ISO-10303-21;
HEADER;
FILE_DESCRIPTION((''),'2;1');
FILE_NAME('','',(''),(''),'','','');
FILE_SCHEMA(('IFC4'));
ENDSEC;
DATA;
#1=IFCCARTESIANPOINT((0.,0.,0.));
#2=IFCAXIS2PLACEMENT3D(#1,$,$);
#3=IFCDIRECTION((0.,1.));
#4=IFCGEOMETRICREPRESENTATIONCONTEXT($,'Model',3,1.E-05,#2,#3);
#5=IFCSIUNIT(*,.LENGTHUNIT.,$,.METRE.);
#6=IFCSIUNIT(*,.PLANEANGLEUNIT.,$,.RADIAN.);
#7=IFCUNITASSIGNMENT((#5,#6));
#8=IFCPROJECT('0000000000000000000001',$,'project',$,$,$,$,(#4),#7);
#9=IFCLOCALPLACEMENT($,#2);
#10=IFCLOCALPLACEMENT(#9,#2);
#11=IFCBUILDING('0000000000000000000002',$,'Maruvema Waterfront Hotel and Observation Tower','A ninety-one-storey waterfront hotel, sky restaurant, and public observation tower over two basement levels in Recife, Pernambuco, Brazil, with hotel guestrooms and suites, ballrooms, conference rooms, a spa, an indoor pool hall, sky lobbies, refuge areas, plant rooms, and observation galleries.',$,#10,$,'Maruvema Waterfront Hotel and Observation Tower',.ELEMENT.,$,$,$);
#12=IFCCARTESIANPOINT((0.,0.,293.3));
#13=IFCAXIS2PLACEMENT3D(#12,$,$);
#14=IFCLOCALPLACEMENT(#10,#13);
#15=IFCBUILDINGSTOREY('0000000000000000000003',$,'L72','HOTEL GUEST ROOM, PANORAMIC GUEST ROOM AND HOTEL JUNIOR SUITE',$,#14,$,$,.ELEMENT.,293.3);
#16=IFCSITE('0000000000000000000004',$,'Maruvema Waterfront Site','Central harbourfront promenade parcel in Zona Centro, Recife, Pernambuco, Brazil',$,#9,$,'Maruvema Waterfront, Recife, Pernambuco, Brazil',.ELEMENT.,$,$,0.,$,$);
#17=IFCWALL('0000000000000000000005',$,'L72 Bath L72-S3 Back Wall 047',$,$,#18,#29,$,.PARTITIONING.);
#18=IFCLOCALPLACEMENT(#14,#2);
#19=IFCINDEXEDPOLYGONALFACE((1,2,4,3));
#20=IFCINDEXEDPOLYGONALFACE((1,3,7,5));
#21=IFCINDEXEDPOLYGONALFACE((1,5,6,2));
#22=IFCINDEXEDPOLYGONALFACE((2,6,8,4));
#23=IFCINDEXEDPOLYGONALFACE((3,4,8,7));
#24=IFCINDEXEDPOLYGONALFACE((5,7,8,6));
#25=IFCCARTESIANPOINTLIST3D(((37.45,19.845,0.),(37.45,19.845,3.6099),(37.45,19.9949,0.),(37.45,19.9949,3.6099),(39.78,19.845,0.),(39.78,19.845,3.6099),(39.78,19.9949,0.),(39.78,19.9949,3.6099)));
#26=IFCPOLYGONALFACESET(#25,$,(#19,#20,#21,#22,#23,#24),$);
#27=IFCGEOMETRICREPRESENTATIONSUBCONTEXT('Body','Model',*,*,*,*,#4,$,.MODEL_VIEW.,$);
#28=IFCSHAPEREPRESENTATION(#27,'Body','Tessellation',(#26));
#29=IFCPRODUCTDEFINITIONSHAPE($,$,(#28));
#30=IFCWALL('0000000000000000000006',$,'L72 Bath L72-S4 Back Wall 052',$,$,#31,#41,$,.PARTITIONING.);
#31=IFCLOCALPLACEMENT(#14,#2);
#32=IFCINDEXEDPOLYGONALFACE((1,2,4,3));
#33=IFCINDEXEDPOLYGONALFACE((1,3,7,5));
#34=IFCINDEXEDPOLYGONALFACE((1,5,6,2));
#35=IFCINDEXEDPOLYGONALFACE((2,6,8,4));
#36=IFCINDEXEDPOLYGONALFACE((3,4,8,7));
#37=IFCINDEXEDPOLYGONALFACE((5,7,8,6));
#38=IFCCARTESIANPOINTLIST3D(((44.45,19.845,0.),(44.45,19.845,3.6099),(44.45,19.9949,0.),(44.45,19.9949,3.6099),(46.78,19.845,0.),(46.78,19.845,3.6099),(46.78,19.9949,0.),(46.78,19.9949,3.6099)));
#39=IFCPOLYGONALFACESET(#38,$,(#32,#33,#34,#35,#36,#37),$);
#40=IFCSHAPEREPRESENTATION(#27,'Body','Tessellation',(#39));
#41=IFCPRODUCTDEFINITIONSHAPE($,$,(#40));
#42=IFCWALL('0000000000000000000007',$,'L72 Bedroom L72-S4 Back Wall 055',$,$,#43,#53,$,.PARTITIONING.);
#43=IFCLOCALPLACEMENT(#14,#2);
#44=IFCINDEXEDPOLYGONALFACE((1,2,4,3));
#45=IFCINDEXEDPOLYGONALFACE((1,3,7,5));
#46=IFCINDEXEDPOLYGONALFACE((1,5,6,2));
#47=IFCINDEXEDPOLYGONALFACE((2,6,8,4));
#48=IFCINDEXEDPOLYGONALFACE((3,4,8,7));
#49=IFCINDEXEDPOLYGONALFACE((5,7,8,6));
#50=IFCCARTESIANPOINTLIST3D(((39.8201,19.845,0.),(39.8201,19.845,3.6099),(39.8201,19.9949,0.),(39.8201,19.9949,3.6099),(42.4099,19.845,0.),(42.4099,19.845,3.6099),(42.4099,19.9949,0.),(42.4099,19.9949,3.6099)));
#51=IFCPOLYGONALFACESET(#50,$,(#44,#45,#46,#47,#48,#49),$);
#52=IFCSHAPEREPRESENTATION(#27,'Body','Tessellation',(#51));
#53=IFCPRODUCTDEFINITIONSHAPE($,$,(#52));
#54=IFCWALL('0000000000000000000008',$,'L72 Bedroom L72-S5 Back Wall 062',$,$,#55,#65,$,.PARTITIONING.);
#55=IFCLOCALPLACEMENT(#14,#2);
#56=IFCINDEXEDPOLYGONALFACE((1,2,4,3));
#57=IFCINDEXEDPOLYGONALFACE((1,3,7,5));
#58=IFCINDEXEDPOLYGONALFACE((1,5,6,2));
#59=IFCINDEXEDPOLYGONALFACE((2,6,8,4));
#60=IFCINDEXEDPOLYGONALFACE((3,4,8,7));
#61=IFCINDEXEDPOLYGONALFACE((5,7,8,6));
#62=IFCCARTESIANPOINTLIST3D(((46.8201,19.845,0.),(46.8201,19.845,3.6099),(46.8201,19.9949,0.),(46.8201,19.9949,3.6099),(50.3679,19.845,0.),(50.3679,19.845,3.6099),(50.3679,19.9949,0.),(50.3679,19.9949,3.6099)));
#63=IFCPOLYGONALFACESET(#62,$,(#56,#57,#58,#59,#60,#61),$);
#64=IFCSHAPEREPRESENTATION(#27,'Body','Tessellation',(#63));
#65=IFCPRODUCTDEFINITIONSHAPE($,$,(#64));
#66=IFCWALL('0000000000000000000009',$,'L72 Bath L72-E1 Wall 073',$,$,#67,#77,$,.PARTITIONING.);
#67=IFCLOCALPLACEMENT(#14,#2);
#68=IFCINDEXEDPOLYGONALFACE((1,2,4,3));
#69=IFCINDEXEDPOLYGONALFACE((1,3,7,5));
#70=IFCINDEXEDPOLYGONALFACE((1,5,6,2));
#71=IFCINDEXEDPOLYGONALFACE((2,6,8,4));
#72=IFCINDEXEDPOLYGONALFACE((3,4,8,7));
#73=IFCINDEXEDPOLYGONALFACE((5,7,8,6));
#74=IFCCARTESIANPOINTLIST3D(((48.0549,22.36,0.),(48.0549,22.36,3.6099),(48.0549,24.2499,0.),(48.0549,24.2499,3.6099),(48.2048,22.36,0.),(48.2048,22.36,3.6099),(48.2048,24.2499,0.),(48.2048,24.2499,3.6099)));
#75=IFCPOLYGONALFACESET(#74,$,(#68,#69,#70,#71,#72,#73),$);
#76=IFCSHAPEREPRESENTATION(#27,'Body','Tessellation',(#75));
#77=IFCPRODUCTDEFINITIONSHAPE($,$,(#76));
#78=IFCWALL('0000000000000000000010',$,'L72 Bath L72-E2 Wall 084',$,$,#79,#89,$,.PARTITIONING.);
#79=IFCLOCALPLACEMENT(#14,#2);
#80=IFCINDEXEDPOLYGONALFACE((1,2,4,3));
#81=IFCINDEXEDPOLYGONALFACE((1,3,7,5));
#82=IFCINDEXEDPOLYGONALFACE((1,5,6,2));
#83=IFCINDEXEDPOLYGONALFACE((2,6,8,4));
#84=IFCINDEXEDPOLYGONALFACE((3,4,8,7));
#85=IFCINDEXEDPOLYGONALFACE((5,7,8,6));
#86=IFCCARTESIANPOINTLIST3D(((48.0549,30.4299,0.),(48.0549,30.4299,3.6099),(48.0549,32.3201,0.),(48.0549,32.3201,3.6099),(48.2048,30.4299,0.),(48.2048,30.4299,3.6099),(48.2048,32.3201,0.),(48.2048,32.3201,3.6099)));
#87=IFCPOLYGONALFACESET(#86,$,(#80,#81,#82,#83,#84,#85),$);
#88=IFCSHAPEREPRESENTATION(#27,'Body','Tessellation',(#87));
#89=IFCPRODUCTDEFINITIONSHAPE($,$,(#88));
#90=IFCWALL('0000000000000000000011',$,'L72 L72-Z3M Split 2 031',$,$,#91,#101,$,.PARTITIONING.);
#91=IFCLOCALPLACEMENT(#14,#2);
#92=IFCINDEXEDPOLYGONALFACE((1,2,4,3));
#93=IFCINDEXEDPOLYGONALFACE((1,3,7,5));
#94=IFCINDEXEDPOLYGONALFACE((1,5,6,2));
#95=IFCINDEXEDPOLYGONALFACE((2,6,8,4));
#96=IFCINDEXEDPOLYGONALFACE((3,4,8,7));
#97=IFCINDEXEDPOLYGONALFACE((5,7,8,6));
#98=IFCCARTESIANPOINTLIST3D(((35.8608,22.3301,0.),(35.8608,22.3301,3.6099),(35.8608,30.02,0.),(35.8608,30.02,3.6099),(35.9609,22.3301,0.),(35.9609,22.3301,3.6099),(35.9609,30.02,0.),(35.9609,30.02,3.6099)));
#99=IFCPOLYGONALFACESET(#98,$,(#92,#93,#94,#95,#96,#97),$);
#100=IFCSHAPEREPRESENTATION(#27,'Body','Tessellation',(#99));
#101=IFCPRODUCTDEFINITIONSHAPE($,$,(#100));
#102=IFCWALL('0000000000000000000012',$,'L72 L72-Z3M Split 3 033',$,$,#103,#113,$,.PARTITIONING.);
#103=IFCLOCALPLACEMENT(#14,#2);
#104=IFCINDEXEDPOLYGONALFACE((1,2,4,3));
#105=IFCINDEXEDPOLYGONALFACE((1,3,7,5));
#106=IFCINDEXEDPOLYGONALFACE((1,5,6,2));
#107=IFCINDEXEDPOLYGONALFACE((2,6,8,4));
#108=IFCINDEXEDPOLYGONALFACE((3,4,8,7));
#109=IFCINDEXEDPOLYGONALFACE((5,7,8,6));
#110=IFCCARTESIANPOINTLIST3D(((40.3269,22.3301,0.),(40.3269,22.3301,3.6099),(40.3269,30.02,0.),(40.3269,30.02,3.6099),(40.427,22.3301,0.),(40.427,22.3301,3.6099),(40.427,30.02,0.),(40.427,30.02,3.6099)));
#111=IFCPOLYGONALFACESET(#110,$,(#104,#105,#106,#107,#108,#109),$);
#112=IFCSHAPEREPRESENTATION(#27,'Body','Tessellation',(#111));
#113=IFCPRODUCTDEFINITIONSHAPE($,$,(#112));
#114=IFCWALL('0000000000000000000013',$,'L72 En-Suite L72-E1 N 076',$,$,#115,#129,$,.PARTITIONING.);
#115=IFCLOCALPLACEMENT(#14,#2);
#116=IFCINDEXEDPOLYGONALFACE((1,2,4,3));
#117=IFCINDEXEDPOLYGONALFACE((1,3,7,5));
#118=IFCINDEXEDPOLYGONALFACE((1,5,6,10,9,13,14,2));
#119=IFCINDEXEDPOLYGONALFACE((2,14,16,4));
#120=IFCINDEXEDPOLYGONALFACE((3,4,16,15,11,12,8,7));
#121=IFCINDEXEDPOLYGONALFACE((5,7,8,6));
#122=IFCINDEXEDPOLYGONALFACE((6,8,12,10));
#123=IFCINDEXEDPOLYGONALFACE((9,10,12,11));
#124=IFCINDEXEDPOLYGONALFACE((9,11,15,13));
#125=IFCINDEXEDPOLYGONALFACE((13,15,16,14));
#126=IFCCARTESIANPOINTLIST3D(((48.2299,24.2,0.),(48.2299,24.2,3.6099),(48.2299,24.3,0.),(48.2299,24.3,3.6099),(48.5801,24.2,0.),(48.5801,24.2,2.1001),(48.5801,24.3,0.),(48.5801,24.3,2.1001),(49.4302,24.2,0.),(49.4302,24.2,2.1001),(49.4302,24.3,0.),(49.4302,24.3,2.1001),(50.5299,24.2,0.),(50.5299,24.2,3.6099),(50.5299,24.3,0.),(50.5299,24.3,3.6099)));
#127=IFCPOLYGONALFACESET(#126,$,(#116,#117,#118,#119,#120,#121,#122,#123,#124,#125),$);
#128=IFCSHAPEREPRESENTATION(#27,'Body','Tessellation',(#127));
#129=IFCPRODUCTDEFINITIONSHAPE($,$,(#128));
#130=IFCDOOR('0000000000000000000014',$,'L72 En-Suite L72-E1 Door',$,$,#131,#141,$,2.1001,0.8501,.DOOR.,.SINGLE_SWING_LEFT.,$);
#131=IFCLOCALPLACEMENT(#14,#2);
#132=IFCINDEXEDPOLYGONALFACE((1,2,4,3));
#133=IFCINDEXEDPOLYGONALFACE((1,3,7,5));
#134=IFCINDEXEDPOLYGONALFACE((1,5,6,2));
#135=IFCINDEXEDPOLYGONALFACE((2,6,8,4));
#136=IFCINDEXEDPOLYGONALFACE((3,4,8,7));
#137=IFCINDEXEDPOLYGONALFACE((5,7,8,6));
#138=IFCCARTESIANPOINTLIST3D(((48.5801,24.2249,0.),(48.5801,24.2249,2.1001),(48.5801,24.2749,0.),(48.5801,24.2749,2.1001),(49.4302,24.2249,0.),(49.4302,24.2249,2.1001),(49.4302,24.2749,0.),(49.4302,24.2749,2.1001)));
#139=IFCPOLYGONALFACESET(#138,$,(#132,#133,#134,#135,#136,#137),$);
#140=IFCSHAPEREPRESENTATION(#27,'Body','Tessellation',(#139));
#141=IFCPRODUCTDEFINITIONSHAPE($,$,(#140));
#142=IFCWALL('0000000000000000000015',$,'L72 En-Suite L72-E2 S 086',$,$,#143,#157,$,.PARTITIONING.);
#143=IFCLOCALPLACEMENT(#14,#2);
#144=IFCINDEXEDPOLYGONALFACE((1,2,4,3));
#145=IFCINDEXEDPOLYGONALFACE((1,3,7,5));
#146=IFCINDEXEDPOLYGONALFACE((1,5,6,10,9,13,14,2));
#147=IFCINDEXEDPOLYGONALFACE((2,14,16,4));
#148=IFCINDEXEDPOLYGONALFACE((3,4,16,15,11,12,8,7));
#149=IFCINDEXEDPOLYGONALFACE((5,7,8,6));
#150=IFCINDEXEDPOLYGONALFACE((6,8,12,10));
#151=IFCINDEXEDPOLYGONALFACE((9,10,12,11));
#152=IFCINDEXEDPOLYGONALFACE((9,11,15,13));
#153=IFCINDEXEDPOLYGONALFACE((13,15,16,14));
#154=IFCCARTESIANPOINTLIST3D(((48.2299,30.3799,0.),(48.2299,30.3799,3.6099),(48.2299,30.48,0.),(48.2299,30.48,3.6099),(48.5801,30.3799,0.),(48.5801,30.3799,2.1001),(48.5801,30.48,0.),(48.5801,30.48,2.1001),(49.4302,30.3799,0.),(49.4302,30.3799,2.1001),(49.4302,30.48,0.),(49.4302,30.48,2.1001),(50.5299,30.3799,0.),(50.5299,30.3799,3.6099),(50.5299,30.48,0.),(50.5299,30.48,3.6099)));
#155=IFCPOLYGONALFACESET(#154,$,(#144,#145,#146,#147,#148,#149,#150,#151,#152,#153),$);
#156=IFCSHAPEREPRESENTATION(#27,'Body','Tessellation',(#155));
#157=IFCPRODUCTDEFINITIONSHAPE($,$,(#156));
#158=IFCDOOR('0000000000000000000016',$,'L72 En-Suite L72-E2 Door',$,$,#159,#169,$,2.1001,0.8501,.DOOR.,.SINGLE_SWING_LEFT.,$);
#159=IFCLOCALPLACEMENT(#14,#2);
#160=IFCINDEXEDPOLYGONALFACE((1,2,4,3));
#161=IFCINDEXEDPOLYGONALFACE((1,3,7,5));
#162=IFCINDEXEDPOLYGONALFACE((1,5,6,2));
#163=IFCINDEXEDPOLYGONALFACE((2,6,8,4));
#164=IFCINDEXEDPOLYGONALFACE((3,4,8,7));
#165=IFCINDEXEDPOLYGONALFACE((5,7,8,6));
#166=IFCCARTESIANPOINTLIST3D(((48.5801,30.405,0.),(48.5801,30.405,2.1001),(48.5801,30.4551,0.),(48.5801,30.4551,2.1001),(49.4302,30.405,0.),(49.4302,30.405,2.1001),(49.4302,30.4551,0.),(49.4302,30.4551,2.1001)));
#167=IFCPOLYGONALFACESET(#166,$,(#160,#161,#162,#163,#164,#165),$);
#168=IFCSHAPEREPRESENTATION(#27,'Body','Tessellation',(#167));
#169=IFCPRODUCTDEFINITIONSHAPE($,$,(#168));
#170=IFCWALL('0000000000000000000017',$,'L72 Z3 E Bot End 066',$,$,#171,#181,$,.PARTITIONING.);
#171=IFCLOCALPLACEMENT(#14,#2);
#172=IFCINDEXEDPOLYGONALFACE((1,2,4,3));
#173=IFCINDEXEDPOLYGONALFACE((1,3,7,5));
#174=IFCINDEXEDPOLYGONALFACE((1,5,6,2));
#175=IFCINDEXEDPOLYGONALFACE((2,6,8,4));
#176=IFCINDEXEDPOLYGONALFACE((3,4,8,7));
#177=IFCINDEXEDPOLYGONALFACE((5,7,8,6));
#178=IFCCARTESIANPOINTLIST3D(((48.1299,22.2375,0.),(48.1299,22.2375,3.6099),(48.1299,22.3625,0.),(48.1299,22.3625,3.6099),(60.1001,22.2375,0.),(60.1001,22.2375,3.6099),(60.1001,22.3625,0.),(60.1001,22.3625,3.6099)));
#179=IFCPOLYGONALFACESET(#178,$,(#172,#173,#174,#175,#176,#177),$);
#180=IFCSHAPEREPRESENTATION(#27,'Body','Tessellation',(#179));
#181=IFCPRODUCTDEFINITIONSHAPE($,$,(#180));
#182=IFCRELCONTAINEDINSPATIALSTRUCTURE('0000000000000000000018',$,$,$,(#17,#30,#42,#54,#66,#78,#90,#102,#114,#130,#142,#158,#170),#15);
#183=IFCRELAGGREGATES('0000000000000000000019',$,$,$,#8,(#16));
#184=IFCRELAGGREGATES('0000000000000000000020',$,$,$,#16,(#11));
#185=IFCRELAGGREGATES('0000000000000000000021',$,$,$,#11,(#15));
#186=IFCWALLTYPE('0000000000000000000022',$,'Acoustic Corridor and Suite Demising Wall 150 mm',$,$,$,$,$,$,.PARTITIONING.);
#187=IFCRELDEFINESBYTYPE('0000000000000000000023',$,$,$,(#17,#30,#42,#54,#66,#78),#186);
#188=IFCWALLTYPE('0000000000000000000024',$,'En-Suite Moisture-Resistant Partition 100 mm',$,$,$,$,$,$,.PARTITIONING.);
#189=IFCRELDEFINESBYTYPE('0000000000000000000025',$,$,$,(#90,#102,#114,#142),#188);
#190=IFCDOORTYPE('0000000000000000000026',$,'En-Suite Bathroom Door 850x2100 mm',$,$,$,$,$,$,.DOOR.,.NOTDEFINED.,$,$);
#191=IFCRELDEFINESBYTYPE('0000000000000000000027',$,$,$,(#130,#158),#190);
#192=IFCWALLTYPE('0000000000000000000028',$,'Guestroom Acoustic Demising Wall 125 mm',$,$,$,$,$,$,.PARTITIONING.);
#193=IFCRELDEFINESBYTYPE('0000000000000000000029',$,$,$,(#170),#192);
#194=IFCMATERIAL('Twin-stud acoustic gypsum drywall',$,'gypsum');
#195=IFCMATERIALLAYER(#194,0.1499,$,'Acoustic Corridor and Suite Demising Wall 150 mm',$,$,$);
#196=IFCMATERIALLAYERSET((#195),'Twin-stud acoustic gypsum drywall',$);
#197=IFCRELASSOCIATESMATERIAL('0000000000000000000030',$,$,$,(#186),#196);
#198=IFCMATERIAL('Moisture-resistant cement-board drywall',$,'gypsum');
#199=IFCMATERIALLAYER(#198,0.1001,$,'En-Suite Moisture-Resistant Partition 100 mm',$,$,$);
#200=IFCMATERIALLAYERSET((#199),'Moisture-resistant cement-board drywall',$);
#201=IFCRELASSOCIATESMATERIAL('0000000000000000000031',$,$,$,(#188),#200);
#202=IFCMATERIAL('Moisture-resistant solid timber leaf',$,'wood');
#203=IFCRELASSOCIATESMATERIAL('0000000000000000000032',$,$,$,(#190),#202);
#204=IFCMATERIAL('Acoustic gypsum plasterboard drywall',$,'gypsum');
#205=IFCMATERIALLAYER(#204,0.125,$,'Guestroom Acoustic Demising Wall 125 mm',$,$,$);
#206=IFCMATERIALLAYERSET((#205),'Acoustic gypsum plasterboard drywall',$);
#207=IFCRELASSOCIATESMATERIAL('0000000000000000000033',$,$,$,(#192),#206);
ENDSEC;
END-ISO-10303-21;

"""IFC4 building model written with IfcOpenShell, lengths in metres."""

from ifc_helpers import new_model, si_unit, direction, frame, frame_2d, origin, place, context, subcontext, project, spatial, rectangle, extrude, material, layer, layer_set, type_object, element, fill, save


model = new_model("IFC4")

# Units and contexts
model_context = context("Model", 3, precision=1e-05, world=origin(), true_north=direction((0.0, 1.0)))
body_context = subcontext(model_context, "Body", "Model", "MODEL_VIEW")
ifc_project = project(units=[si_unit("LENGTHUNIT", "METRE"), si_unit("PLANEANGLEUNIT", "RADIAN")], contexts=[model_context])

# Site, building, storey
site_placement = place(None, origin())
site = spatial("IfcSite", under=ifc_project, at=site_placement, Name="Maruvema Waterfront Site", Description="Central harbourfront promenade parcel in Zona Centro, Recife, Pernambuco, Brazil", LongName="Maruvema Waterfront, Recife, Pernambuco, Brazil", CompositionType="ELEMENT", RefElevation=0.0)
building_placement = place(site_placement, origin())
building = spatial("IfcBuilding", under=site, at=building_placement, Name="Maruvema Waterfront Hotel and Observation Tower", Description="A ninety-one-storey waterfront hotel, sky restaurant, and public observation tower over two basement levels in Recife, Pernambuco, Brazil, with hotel guestrooms and suites, ballrooms, conference rooms, a spa, an indoor pool hall, sky lobbies, refuge areas, plant rooms, and observation galleries.", LongName="Maruvema Waterfront Hotel and Observation Tower", CompositionType="ELEMENT")
storey_placement = place(building_placement, frame((0.0, 0.0, 293.3)))
storey = spatial("IfcBuildingStorey", under=building, at=storey_placement, Name="L72", Description="HOTEL GUEST ROOM, PANORAMIC GUEST ROOM AND HOTEL JUNIOR SUITE", CompositionType="ELEMENT", Elevation=293.3)

# Shared definitions
ifc_material_1 = material(Name="Twin-stud acoustic gypsum drywall", Category="gypsum")
ifc_layer_1 = layer(ifc_material_1, 0.1499, Name="Acoustic Corridor and Suite Demising Wall 150 mm")
ifc_layer_set_1 = layer_set([ifc_layer_1], Name="Twin-stud acoustic gypsum drywall")
wall_type_1 = type_object("IfcWallType", Name="Acoustic Corridor and Suite Demising Wall 150 mm", PredefinedType="PARTITIONING", material=ifc_layer_set_1)

# Walls
for number, where, z_axis, x_axis, name in (
    (1, (37.45, 19.9199, 0.0), (0.0, 0.0, 1.0), (1.0, 0.0, 0.0), "L72 Bath L72-S3 Back Wall 047"),
    (2, (44.45, 19.9199, 0.0), (0.0, 0.0, 1.0), (1.0, 0.0, 0.0), "L72 Bath L72-S4 Back Wall 052"),
):
    element("IfcWall", number, at=place(storey_placement, frame(where, z_axis=z_axis, x_axis=x_axis)), inside=storey, type_object=wall_type_1, Name=name, PredefinedType="PARTITIONING", context=body_context, shape_type="SweptSolid", body=[
        extrude(rectangle(XDim=2.3301, YDim=0.1499, at=frame_2d((1.165, 0.0))), origin(), (0.0, 0.0, 1.0), 3.6099),
    ])
wall_1_placement = place(storey_placement, frame((39.8201, 19.9199, 0.0), z_axis=(0.0, 0.0, 1.0), x_axis=(1.0, 0.0, 0.0)))
element("IfcWall", 3, at=wall_1_placement, inside=storey, type_object=wall_type_1, Name="L72 Bedroom L72-S4 Back Wall 055", PredefinedType="PARTITIONING", context=body_context, shape_type="SweptSolid", body=[
    extrude(rectangle(XDim=2.5898, YDim=0.1499, at=frame_2d((1.2949, 0.0))), origin(), (0.0, 0.0, 1.0), 3.6099),
])

# Walls
wall_2_placement = place(storey_placement, frame((46.8201, 19.9199, 0.0), z_axis=(0.0, 0.0, 1.0), x_axis=(1.0, 0.0, 0.0)))
element("IfcWall", 4, at=wall_2_placement, inside=storey, type_object=wall_type_1, Name="L72 Bedroom L72-S5 Back Wall 062", PredefinedType="PARTITIONING", context=body_context, shape_type="SweptSolid", body=[
    extrude(rectangle(XDim=3.5479, YDim=0.1499, at=frame_2d((1.7739, 0.0))), origin(), (0.0, 0.0, 1.0), 3.6099),
])
wall_3_placement = place(storey_placement, frame((48.1299, 22.3601, 0.0), z_axis=(0.0, 0.0, 1.0), x_axis=(0.0, 1.0, 0.0)))
element("IfcWall", 5, at=wall_3_placement, inside=storey, type_object=wall_type_1, Name="L72 Bath L72-E1 Wall 073", PredefinedType="PARTITIONING", context=body_context, shape_type="SweptSolid", body=[
    extrude(rectangle(XDim=1.8899, YDim=0.1499, at=frame_2d((0.9448, 0.0))), origin(), (0.0, 0.0, 1.0), 3.6099),
])

# Walls
wall_4_placement = place(storey_placement, frame((48.1299, 30.4299, 0.0), z_axis=(0.0, 0.0, 1.0), x_axis=(0.0, 1.0, 0.0)))
element("IfcWall", 6, at=wall_4_placement, inside=storey, type_object=wall_type_1, Name="L72 Bath L72-E2 Wall 084", PredefinedType="PARTITIONING", context=body_context, shape_type="SweptSolid", body=[
    extrude(rectangle(XDim=1.8901, YDim=0.1499, at=frame_2d((0.9451, 0.0))), origin(), (0.0, 0.0, 1.0), 3.6099),
])
ifc_material_2 = material(Name="Moisture-resistant cement-board drywall", Category="gypsum")
ifc_layer_2 = layer(ifc_material_2, 0.1001, Name="En-Suite Moisture-Resistant Partition 100 mm")
ifc_layer_set_2 = layer_set([ifc_layer_2], Name="Moisture-resistant cement-board drywall")
wall_type_2 = type_object("IfcWallType", Name="En-Suite Moisture-Resistant Partition 100 mm", PredefinedType="PARTITIONING", material=ifc_layer_set_2)
for number, where, z_axis, x_axis, name in (
    (7, (35.9109, 22.3301, 0.0), (0.0, 0.0, 1.0), (0.0, 1.0, 0.0), "L72 L72-Z3M Split 2 031"),
    (8, (40.377, 22.3301, 0.0), (0.0, 0.0, 1.0), (0.0, 1.0, 0.0), "L72 L72-Z3M Split 3 033"),
):
    element("IfcWall", number, at=place(storey_placement, frame(where, z_axis=z_axis, x_axis=x_axis)), inside=storey, type_object=wall_type_2, Name=name, PredefinedType="PARTITIONING", context=body_context, shape_type="SweptSolid", body=[
        extrude(rectangle(XDim=7.6899, YDim=0.1001, at=frame_2d((3.845, 0.0))), origin(), (0.0, 0.0, 1.0), 3.6099),
    ])

# Walls, openings, doors
wall_5_placement = place(storey_placement, frame((48.23, 24.25, 0.0), z_axis=(0.0, 0.0, 1.0), x_axis=(1.0, 0.0, 0.0)))
wall_5 = element("IfcWall", 9, at=wall_5_placement, inside=storey, type_object=wall_type_2, Name="L72 En-Suite L72-E1 N 076", PredefinedType="PARTITIONING", context=body_context, shape_type="SweptSolid", body=[
    extrude(rectangle(XDim=2.3, YDim=0.1001, at=frame_2d((1.1499, 0.0))), origin(), (0.0, 0.0, 1.0), 3.6099),
])
opening_1_placement = place(wall_5_placement, frame((0.3501, 0.0, 0.0)))
opening_1 = element("IfcOpeningElement", 10, at=opening_1_placement, cuts=wall_5, PredefinedType="OPENING", context=body_context, shape_type="SweptSolid", body=[
    extrude(rectangle(XDim=0.8501, YDim=2.1001, at=frame_2d((0.425, 1.05))), frame((0.0, 0.0601, 0.0), z_axis=(0.0, -1.0, 0.0), x_axis=(1.0, 0.0, 0.0)), (0.0, 0.0, 1.0), 0.1201),
])
ifc_material_3 = material(Name="Moisture-resistant solid timber leaf", Category="wood")
door_type_1 = type_object("IfcDoorType", Name="En-Suite Bathroom Door 850x2100 mm", OperationType="NOTDEFINED", PredefinedType="DOOR", material=ifc_material_3)
door_1_placement = place(opening_1_placement, origin())
door_1 = element("IfcDoor", 11, at=door_1_placement, inside=storey, type_object=door_type_1, Name="L72 En-Suite L72-E1 Door", OperationType="SINGLE_SWING_LEFT", OverallHeight=2.1001, OverallWidth=0.8501, PredefinedType="DOOR", context=body_context, shape_type="SweptSolid", body=[
    extrude(rectangle(XDim=0.8501, YDim=2.1001, at=frame_2d((0.425, 1.05))), frame((0.0, 0.0249, 0.0), z_axis=(0.0, -1.0, 0.0), x_axis=(1.0, 0.0, 0.0)), (0.0, 0.0, 1.0), 0.05),
])
fill(opening_1, door_1)
wall_6_placement = place(storey_placement, frame((48.23, 30.4299, 0.0), z_axis=(0.0, 0.0, 1.0), x_axis=(1.0, 0.0, 0.0)))
wall_6 = element("IfcWall", 12, at=wall_6_placement, inside=storey, type_object=wall_type_2, Name="L72 En-Suite L72-E2 S 086", PredefinedType="PARTITIONING", context=body_context, shape_type="SweptSolid", body=[
    extrude(rectangle(XDim=2.3, YDim=0.1001, at=frame_2d((1.1499, 0.0))), origin(), (0.0, 0.0, 1.0), 3.6099),
])
opening_2_placement = place(wall_6_placement, frame((0.3501, 0.0, 0.0)))
opening_2 = element("IfcOpeningElement", 13, at=opening_2_placement, cuts=wall_6, PredefinedType="OPENING", context=body_context, shape_type="SweptSolid", body=[
    extrude(rectangle(XDim=0.8501, YDim=2.1001, at=frame_2d((0.425, 1.05))), frame((0.0, 0.0601, 0.0), z_axis=(0.0, -1.0, 0.0), x_axis=(1.0, 0.0, 0.0)), (0.0, 0.0, 1.0), 0.1201),
])
door_2_placement = place(opening_2_placement, frame((0.8501, 0.0, 0.0), z_axis=(0.0, 0.0, 1.0), x_axis=(-1.0, 0.0, 0.0)))
door_2 = element("IfcDoor", 14, at=door_2_placement, inside=storey, type_object=door_type_1, Name="L72 En-Suite L72-E2 Door", OperationType="SINGLE_SWING_LEFT", OverallHeight=2.1001, OverallWidth=0.8501, PredefinedType="DOOR", context=body_context, shape_type="SweptSolid", body=[
    extrude(rectangle(XDim=0.8501, YDim=2.1001, at=frame_2d((0.425, 1.05))), frame((0.0, 0.0249, 0.0), z_axis=(0.0, -1.0, 0.0), x_axis=(1.0, 0.0, 0.0)), (0.0, 0.0, 1.0), 0.05),
])
fill(opening_2, door_2)

# Wall
ifc_material_4 = material(Name="Acoustic gypsum plasterboard drywall", Category="gypsum")
ifc_layer_3 = layer(ifc_material_4, 0.125, Name="Guestroom Acoustic Demising Wall 125 mm")
ifc_layer_set_3 = layer_set([ifc_layer_3], Name="Acoustic gypsum plasterboard drywall")
wall_type_3 = type_object("IfcWallType", Name="Guestroom Acoustic Demising Wall 125 mm", PredefinedType="PARTITIONING", material=ifc_layer_set_3)
for number, where, z_axis, x_axis, name in (
    (15, (48.1299, 22.3, 0.0), (0.0, 0.0, 1.0), (1.0, 0.0, 0.0), "L72 Z3 E Bot End 066"),
):
    element("IfcWall", number, at=place(storey_placement, frame(where, z_axis=z_axis, x_axis=x_axis)), inside=storey, type_object=wall_type_3, Name=name, PredefinedType="PARTITIONING", context=body_context, shape_type="SweptSolid", body=[
        extrude(rectangle(XDim=11.9702, YDim=0.125, at=frame_2d((5.9851, 0.0))), origin(), (0.0, 0.0, 1.0), 3.6099),
    ])

save(model, "model.ifc")
